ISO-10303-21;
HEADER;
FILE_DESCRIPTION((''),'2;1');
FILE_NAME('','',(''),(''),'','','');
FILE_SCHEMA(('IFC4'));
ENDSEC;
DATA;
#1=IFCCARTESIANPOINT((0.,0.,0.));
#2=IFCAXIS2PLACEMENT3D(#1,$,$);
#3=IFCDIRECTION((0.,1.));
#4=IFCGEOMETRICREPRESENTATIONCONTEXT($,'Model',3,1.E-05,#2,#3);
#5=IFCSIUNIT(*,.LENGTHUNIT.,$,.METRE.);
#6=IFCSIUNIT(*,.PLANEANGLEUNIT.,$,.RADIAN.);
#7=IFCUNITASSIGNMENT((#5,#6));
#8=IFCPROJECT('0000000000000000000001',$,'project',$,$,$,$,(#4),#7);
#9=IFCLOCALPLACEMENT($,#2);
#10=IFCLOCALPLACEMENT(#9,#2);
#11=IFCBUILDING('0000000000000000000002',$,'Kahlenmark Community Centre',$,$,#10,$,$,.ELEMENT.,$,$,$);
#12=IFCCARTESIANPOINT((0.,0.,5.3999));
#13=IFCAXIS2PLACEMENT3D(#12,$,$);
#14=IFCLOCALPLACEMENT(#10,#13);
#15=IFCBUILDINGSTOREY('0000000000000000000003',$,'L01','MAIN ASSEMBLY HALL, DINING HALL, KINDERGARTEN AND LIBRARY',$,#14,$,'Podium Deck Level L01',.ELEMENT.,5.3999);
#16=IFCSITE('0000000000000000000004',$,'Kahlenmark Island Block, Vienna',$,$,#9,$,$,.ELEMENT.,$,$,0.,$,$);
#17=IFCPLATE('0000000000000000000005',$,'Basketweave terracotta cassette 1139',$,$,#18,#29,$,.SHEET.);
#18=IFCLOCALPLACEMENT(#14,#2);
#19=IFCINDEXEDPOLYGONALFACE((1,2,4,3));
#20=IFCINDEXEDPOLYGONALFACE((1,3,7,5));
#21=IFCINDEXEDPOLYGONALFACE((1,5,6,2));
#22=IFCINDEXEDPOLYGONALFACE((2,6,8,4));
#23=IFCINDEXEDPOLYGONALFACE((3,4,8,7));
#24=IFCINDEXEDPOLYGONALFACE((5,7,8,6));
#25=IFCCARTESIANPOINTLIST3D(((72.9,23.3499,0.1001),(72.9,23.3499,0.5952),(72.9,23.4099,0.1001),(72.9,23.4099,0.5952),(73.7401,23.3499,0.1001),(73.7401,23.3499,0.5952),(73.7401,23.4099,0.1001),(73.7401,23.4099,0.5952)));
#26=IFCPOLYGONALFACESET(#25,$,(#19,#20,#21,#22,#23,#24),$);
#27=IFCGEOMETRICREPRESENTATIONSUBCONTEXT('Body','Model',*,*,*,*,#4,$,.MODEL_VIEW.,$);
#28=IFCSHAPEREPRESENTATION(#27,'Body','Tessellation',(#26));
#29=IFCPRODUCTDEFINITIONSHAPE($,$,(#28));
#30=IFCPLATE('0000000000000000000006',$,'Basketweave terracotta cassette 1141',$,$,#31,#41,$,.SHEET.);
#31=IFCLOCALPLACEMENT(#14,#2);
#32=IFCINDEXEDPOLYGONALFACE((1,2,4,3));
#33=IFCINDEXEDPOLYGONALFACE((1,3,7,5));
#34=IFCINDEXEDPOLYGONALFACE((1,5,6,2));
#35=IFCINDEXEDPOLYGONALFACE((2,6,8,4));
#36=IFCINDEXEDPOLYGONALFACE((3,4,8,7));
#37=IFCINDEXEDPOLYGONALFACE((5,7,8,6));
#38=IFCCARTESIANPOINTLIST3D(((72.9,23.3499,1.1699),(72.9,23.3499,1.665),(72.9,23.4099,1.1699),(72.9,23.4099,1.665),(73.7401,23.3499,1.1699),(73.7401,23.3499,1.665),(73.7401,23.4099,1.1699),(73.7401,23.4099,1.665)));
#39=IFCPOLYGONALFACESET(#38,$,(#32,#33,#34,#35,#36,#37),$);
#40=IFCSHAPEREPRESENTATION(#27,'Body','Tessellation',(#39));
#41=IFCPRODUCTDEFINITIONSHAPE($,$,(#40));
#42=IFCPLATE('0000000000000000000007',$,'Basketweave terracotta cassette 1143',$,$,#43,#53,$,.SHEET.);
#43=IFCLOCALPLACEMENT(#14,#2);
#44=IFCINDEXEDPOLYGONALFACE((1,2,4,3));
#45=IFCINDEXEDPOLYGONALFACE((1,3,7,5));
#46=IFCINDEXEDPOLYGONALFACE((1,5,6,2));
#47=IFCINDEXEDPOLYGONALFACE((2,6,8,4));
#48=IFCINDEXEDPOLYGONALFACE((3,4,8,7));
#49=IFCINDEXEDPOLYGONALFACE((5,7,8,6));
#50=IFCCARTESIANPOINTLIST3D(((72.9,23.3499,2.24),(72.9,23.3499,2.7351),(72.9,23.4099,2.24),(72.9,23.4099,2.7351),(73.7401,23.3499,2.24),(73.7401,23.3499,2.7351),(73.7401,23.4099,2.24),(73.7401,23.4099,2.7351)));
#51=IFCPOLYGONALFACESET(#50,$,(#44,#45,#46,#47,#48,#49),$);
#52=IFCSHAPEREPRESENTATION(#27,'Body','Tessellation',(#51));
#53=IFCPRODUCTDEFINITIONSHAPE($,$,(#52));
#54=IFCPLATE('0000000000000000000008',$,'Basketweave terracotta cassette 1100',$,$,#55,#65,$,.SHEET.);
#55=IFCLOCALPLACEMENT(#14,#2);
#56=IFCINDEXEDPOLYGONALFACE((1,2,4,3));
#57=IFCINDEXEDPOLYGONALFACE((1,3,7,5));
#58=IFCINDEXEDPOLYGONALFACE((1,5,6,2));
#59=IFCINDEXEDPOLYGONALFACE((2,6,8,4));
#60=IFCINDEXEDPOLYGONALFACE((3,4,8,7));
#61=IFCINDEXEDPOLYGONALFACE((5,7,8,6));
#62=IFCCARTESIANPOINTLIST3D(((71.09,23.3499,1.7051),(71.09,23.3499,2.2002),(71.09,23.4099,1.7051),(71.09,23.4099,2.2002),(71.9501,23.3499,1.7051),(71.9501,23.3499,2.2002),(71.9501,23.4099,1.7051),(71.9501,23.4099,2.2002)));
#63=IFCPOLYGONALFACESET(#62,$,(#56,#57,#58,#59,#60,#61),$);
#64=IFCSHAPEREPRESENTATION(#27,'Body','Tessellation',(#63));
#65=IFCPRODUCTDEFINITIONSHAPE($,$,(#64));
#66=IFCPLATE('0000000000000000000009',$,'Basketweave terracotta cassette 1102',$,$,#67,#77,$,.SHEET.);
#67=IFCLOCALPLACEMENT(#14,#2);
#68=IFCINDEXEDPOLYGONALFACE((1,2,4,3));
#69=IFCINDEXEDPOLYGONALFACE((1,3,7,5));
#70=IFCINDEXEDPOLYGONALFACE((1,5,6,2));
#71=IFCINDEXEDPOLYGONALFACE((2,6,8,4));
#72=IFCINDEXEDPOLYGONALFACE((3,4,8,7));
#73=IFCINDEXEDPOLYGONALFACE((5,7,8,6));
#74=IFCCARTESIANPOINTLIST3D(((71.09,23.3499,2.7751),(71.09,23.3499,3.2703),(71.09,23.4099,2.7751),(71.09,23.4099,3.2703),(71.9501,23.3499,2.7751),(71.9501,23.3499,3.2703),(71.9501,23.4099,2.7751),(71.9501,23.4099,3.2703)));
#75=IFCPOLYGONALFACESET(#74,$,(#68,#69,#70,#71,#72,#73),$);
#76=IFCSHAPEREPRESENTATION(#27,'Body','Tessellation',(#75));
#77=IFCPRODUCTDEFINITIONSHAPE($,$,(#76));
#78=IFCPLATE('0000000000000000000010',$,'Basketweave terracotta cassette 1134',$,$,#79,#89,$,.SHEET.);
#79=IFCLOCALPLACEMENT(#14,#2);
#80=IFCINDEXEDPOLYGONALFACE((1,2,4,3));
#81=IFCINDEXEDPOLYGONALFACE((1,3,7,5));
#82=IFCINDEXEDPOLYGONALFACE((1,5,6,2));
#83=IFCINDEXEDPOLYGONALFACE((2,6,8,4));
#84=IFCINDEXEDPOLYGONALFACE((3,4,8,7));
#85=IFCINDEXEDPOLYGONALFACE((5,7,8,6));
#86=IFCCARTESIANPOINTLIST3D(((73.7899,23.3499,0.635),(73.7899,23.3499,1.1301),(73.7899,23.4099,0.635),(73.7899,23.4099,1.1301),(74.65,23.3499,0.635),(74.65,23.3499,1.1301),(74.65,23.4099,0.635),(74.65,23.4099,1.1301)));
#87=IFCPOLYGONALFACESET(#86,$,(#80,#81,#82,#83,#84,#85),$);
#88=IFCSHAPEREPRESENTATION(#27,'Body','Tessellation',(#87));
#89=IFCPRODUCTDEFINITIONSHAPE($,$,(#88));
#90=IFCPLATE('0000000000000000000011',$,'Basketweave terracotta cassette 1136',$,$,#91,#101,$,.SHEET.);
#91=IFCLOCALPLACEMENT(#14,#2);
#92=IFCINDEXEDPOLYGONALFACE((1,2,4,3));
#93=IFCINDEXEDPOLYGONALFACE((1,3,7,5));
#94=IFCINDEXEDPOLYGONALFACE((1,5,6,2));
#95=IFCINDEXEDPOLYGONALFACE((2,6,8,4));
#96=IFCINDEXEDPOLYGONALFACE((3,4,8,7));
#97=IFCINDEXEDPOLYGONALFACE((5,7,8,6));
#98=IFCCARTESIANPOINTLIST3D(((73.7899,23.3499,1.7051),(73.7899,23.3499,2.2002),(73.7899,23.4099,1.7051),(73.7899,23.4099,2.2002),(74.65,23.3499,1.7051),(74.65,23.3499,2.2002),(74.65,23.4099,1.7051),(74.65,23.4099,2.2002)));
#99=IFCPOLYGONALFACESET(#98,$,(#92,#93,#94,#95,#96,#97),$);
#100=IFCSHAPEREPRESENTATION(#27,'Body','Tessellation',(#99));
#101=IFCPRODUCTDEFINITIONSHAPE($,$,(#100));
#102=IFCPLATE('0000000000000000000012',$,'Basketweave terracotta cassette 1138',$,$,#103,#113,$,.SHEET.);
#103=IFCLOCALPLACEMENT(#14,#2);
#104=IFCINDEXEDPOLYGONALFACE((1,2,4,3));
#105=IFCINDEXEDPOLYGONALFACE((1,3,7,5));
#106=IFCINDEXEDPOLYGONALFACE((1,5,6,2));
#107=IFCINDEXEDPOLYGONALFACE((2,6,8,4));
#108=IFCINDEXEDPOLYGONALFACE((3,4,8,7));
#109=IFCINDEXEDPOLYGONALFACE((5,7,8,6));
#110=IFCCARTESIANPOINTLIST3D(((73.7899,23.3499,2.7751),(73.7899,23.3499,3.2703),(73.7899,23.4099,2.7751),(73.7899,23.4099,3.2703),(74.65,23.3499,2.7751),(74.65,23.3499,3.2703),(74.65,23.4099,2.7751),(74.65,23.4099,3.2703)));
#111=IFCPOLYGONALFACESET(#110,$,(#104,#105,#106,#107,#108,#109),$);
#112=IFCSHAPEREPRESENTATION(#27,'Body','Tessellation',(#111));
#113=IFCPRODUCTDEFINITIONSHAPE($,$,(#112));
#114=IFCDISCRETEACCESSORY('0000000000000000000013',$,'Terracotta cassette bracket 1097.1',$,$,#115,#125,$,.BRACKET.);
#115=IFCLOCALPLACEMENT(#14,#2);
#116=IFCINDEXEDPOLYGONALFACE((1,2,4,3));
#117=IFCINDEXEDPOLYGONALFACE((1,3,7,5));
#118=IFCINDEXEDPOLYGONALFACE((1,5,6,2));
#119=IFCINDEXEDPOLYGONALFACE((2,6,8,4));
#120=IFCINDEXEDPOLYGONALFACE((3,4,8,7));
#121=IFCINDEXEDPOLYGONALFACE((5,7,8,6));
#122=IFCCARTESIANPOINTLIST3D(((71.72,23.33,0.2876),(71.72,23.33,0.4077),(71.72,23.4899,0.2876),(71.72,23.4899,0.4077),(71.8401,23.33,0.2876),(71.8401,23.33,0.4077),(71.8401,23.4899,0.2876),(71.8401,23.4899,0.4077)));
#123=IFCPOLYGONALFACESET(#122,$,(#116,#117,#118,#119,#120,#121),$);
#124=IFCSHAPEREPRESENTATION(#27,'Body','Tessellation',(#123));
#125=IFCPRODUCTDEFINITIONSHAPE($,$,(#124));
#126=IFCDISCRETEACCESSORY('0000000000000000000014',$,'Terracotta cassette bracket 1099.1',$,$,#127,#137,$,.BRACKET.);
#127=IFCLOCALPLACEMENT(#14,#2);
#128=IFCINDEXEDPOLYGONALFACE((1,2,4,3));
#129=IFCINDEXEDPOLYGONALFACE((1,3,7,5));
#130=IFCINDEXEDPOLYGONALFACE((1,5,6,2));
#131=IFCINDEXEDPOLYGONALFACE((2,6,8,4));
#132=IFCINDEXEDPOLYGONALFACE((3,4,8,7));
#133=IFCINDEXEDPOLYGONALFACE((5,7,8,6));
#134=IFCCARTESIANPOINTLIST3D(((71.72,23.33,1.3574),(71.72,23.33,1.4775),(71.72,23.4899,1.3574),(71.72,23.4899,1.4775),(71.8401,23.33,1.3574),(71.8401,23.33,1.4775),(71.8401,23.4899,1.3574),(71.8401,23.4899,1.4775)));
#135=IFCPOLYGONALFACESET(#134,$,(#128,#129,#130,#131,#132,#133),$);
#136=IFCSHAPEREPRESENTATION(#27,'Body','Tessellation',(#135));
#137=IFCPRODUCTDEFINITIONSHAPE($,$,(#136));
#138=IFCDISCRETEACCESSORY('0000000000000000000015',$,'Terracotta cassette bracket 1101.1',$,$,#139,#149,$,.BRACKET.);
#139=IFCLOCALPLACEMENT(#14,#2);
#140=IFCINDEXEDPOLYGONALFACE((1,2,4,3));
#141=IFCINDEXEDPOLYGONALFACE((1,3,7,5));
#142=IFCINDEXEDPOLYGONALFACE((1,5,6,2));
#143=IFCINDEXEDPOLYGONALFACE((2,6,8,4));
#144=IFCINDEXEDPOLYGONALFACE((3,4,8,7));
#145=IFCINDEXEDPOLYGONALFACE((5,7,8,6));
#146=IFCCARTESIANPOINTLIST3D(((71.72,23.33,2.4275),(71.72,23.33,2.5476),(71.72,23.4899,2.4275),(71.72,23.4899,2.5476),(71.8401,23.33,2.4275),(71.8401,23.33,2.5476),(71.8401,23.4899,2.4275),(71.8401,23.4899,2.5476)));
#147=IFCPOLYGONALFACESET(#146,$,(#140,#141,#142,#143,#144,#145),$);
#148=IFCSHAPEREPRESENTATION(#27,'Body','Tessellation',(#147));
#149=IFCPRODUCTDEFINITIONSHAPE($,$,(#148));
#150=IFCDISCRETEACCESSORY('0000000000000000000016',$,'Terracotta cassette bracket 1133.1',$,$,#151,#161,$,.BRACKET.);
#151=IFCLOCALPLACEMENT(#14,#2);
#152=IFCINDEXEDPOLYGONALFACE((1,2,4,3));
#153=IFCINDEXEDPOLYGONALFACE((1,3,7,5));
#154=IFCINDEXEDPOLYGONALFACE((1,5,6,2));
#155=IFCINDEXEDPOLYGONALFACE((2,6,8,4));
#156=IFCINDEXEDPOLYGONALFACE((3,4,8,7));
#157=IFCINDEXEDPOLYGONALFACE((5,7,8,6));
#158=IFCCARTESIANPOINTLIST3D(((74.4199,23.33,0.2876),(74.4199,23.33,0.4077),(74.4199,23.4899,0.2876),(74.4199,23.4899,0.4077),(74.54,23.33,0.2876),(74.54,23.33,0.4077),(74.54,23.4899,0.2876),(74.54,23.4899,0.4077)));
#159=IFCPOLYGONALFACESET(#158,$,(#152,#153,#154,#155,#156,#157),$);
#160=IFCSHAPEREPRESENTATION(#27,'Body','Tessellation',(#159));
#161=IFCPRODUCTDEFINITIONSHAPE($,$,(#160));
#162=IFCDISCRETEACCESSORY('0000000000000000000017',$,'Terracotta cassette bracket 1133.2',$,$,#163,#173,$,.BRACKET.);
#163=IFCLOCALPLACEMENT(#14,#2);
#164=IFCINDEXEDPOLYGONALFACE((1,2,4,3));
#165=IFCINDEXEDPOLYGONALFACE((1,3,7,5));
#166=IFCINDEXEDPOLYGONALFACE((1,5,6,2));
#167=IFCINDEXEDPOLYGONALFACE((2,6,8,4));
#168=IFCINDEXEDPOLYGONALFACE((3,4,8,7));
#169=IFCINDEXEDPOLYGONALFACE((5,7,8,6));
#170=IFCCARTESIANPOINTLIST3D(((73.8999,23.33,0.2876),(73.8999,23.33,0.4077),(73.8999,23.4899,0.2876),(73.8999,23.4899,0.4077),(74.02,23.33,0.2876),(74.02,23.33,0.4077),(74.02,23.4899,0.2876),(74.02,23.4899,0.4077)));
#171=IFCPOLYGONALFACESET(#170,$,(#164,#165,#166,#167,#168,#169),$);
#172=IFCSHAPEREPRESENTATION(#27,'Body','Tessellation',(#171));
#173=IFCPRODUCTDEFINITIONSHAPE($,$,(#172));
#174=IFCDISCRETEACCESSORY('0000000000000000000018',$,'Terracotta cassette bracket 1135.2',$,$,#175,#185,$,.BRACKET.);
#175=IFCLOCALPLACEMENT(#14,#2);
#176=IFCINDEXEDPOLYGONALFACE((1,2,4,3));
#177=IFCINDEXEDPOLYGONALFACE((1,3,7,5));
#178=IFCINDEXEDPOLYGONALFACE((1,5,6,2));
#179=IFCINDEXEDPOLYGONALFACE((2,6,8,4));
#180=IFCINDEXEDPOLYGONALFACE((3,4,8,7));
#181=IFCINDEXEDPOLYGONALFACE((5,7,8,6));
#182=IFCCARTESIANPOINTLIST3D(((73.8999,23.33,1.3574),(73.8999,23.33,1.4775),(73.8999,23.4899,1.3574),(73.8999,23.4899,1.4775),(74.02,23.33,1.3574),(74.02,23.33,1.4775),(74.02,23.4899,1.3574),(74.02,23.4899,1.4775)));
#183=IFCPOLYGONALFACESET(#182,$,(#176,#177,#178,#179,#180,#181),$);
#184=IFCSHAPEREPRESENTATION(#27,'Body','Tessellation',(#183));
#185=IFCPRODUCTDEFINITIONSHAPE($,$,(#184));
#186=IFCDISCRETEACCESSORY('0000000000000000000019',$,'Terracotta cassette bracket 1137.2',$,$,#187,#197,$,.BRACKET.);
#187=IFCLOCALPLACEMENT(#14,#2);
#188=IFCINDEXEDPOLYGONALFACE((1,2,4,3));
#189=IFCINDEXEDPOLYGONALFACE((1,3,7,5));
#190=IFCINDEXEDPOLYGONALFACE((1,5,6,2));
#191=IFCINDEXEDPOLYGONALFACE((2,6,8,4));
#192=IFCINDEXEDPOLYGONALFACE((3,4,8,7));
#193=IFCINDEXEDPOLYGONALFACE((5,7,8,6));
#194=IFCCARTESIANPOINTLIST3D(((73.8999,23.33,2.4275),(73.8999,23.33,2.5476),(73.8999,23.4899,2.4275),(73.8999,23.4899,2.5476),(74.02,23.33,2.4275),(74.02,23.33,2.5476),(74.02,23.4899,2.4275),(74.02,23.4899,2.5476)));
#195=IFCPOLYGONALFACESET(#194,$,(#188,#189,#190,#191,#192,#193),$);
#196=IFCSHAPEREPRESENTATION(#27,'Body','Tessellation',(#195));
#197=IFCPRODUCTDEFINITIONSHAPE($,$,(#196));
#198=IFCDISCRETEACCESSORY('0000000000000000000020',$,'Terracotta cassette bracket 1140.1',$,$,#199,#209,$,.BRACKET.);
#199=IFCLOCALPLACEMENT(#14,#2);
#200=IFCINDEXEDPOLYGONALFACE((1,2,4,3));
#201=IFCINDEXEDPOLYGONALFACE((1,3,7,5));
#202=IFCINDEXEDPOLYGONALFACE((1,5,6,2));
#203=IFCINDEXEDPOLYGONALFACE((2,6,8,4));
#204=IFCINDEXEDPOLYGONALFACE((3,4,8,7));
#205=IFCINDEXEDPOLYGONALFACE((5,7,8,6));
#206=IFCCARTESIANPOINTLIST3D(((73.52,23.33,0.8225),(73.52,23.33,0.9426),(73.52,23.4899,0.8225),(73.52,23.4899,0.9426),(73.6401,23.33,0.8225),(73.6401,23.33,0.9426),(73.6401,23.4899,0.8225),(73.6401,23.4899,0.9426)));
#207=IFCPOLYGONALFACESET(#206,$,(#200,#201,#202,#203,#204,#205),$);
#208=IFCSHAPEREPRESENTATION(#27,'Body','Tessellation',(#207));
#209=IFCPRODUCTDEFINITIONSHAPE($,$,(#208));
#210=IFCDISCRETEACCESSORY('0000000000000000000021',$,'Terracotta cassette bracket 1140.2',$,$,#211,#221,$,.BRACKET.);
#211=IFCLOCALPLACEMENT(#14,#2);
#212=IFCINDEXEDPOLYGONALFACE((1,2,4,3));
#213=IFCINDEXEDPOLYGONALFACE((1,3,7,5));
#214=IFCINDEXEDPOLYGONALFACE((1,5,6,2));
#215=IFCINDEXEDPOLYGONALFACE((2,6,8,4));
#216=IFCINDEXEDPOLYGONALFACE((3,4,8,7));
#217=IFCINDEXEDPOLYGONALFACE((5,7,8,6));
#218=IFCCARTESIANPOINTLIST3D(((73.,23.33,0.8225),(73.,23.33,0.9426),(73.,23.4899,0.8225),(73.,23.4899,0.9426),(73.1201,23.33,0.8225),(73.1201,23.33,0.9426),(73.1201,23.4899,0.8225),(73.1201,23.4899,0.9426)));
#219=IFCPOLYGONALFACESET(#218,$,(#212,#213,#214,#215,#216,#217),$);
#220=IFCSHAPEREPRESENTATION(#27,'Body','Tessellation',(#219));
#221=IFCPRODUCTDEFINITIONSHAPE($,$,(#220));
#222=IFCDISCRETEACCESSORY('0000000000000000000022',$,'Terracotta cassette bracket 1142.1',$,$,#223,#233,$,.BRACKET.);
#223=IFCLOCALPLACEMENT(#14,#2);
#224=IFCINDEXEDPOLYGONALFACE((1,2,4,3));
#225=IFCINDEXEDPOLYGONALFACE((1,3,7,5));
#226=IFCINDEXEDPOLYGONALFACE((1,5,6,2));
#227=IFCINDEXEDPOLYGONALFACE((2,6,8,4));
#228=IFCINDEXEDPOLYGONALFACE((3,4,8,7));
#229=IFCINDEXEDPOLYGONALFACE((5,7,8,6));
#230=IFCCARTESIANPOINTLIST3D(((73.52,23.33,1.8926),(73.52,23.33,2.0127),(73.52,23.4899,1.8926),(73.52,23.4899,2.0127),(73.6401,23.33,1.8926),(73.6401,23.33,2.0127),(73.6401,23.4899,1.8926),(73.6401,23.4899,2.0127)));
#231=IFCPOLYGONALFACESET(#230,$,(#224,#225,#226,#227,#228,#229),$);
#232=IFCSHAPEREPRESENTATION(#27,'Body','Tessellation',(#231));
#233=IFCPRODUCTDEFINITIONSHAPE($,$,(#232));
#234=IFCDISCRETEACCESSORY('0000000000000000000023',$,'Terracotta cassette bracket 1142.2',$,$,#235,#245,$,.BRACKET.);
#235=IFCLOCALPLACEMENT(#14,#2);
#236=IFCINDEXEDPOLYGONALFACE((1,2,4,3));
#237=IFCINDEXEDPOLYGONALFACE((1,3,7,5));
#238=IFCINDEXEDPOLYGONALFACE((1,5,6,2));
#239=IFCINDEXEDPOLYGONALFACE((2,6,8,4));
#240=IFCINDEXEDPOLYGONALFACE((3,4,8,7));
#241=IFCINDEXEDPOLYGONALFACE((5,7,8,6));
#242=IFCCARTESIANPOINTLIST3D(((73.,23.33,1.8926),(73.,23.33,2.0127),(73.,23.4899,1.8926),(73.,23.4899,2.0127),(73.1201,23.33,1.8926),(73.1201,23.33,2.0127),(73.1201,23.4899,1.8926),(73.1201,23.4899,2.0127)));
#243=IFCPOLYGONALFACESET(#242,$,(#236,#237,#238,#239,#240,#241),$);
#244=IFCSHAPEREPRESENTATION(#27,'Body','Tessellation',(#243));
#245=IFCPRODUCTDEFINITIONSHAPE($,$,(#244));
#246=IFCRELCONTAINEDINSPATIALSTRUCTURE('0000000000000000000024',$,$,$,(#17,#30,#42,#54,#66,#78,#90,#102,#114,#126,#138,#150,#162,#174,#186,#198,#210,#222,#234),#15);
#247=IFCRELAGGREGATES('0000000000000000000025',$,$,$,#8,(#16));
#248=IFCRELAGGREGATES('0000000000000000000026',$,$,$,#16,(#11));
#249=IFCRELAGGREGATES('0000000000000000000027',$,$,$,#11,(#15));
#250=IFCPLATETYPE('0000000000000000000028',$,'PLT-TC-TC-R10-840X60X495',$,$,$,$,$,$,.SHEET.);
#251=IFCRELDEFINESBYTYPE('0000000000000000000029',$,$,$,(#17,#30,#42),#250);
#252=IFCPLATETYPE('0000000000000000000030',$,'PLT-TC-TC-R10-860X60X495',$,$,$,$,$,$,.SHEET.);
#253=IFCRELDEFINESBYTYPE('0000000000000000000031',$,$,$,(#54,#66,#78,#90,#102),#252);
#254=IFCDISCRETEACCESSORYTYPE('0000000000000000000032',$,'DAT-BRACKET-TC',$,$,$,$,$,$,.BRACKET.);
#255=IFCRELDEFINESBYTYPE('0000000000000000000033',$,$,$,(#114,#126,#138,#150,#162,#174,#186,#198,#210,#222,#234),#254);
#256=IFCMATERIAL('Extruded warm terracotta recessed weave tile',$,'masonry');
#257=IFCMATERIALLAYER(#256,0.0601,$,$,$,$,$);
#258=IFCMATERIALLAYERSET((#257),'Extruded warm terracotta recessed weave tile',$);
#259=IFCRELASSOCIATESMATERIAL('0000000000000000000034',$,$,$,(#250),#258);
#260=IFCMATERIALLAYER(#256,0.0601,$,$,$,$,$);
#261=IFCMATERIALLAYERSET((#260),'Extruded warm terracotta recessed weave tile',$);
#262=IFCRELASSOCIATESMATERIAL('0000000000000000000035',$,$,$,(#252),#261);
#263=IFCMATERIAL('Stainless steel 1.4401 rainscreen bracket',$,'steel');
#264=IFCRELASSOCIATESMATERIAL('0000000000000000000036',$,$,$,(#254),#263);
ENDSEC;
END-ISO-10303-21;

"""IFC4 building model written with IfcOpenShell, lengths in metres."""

from ifc_helpers import new_model, si_unit, direction, frame, origin, origin_2d, place, context, subcontext, project, spatial, rectangle, extrude, material, layer, layer_set, type_object, element, save


model = new_model("IFC4")

# Units and contexts
model_context = context("Model", 3, precision=1e-05, world=origin(), true_north=direction((0.0, 1.0)))
body_context = subcontext(model_context, "Body", "Model", "MODEL_VIEW")
ifc_project = project(units=[si_unit("LENGTHUNIT", "METRE"), si_unit("PLANEANGLEUNIT", "RADIAN")], contexts=[model_context])

# Site, building, storey
site_placement = place(None, origin())
site = spatial("IfcSite", under=ifc_project, at=site_placement, Name="Kahlenmark Island Block, Vienna", CompositionType="ELEMENT", RefElevation=0.0)
building_placement = place(site_placement, origin())
building = spatial("IfcBuilding", under=site, at=building_placement, Name="Kahlenmark Community Centre", CompositionType="ELEMENT")
storey_placement = place(building_placement, frame((0.0, 0.0, 5.3999)))
storey = spatial("IfcBuildingStorey", under=building, at=storey_placement, Name="L01", Description="MAIN ASSEMBLY HALL, DINING HALL, KINDERGARTEN AND LIBRARY", LongName="Podium Deck Level L01", CompositionType="ELEMENT", Elevation=5.3999)

# Plates
ifc_material_1 = material(Name="Extruded warm terracotta recessed weave tile", Category="masonry")
ifc_layer_1 = layer(ifc_material_1, 0.0601)
ifc_layer_set_1 = layer_set([ifc_layer_1], Name="Extruded warm terracotta recessed weave tile")
plate_type_1 = type_object("IfcPlateType", Name="PLT-TC-TC-R10-840X60X495", PredefinedType="SHEET", material=ifc_layer_set_1)
for number, where, z_axis, x_axis, name in (
    (1, (73.3201, 23.3799, 0.1001), (0.0, 0.0, 1.0), (-1.0, 0.0, 0.0), "Basketweave terracotta cassette 1139"),
    (2, (73.3201, 23.3799, 1.1699), (0.0, 0.0, 1.0), (-1.0, 0.0, 0.0), "Basketweave terracotta cassette 1141"),
    (3, (73.3201, 23.3799, 2.24), (0.0, 0.0, 1.0), (-1.0, 0.0, 0.0), "Basketweave terracotta cassette 1143"),
):
    element("IfcPlate", number, at=place(storey_placement, frame(where, z_axis=z_axis, x_axis=x_axis)), inside=storey, type_object=plate_type_1, Name=name, PredefinedType="SHEET", context=body_context, shape_type="SweptSolid", body=[
        extrude(rectangle(XDim=0.8401, YDim=0.0601, at=origin_2d()), origin(), (0.0, 0.0, 1.0), 0.4951),
    ])
ifc_layer_2 = layer(ifc_material_1, 0.0601)
ifc_layer_set_2 = layer_set([ifc_layer_2], Name="Extruded warm terracotta recessed weave tile")
plate_type_2 = type_object("IfcPlateType", Name="PLT-TC-TC-R10-860X60X495", PredefinedType="SHEET", material=ifc_layer_set_2)
for number, where, z_axis, x_axis, name in (
    (4, (71.52, 23.3799, 1.7051), (0.0, 0.0, 1.0), (-1.0, 0.0, 0.0), "Basketweave terracotta cassette 1100"),
    (5, (71.52, 23.3799, 2.7751), (0.0, 0.0, 1.0), (-1.0, 0.0, 0.0), "Basketweave terracotta cassette 1102"),
    (6, (74.22, 23.3799, 0.635), (0.0, 0.0, 1.0), (-1.0, 0.0, 0.0), "Basketweave terracotta cassette 1134"),
    (7, (74.22, 23.3799, 1.7051), (0.0, 0.0, 1.0), (-1.0, 0.0, 0.0), "Basketweave terracotta cassette 1136"),
    (8, (74.22, 23.3799, 2.7751), (0.0, 0.0, 1.0), (-1.0, 0.0, 0.0), "Basketweave terracotta cassette 1138"),
):
    element("IfcPlate", number, at=place(storey_placement, frame(where, z_axis=z_axis, x_axis=x_axis)), inside=storey, type_object=plate_type_2, Name=name, PredefinedType="SHEET", context=body_context, shape_type="SweptSolid", body=[
        extrude(rectangle(XDim=0.8601, YDim=0.0601, at=origin_2d()), origin(), (0.0, 0.0, 1.0), 0.4951),
    ])

# Discrete accessories
ifc_material_2 = material(Name="Stainless steel 1.4401 rainscreen bracket", Category="steel")
discrete_accessory_type = type_object("IfcDiscreteAccessoryType", Name="DAT-BRACKET-TC", PredefinedType="BRACKET", material=ifc_material_2)
for number, where, z_axis, x_axis, name in (
    (9, (71.78, 23.4099, 0.2876), (0.0, 0.0, 1.0), (-1.0, 0.0, 0.0), "Terracotta cassette bracket 1097.1"),
    (10, (71.78, 23.4099, 1.3574), (0.0, 0.0, 1.0), (-1.0, 0.0, 0.0), "Terracotta cassette bracket 1099.1"),
    (11, (71.78, 23.4099, 2.4275), (0.0, 0.0, 1.0), (-1.0, 0.0, 0.0), "Terracotta cassette bracket 1101.1"),
    (12, (74.48, 23.4099, 0.2876), (0.0, 0.0, 1.0), (-1.0, 0.0, 0.0), "Terracotta cassette bracket 1133.1"),
    (13, (73.96, 23.4099, 0.2876), (0.0, 0.0, 1.0), (-1.0, 0.0, 0.0), "Terracotta cassette bracket 1133.2"),
    (14, (73.96, 23.4099, 1.3574), (0.0, 0.0, 1.0), (-1.0, 0.0, 0.0), "Terracotta cassette bracket 1135.2"),
    (15, (73.96, 23.4099, 2.4275), (0.0, 0.0, 1.0), (-1.0, 0.0, 0.0), "Terracotta cassette bracket 1137.2"),
    (16, (73.5801, 23.4099, 0.8225), (0.0, 0.0, 1.0), (-1.0, 0.0, 0.0), "Terracotta cassette bracket 1140.1"),
    (17, (73.0601, 23.4099, 0.8225), (0.0, 0.0, 1.0), (-1.0, 0.0, 0.0), "Terracotta cassette bracket 1140.2"),
    (18, (73.5801, 23.4099, 1.8926), (0.0, 0.0, 1.0), (-1.0, 0.0, 0.0), "Terracotta cassette bracket 1142.1"),
    (19, (73.0601, 23.4099, 1.8926), (0.0, 0.0, 1.0), (-1.0, 0.0, 0.0), "Terracotta cassette bracket 1142.2"),
):
    element("IfcDiscreteAccessory", number, at=place(storey_placement, frame(where, z_axis=z_axis, x_axis=x_axis)), inside=storey, type_object=discrete_accessory_type, Name=name, PredefinedType="BRACKET", context=body_context, shape_type="SweptSolid", body=[
        extrude(rectangle(XDim=0.1201, YDim=0.1599, at=origin_2d()), origin(), (0.0, 0.0, 1.0), 0.1201),
    ])

save(model, "model.ifc")
